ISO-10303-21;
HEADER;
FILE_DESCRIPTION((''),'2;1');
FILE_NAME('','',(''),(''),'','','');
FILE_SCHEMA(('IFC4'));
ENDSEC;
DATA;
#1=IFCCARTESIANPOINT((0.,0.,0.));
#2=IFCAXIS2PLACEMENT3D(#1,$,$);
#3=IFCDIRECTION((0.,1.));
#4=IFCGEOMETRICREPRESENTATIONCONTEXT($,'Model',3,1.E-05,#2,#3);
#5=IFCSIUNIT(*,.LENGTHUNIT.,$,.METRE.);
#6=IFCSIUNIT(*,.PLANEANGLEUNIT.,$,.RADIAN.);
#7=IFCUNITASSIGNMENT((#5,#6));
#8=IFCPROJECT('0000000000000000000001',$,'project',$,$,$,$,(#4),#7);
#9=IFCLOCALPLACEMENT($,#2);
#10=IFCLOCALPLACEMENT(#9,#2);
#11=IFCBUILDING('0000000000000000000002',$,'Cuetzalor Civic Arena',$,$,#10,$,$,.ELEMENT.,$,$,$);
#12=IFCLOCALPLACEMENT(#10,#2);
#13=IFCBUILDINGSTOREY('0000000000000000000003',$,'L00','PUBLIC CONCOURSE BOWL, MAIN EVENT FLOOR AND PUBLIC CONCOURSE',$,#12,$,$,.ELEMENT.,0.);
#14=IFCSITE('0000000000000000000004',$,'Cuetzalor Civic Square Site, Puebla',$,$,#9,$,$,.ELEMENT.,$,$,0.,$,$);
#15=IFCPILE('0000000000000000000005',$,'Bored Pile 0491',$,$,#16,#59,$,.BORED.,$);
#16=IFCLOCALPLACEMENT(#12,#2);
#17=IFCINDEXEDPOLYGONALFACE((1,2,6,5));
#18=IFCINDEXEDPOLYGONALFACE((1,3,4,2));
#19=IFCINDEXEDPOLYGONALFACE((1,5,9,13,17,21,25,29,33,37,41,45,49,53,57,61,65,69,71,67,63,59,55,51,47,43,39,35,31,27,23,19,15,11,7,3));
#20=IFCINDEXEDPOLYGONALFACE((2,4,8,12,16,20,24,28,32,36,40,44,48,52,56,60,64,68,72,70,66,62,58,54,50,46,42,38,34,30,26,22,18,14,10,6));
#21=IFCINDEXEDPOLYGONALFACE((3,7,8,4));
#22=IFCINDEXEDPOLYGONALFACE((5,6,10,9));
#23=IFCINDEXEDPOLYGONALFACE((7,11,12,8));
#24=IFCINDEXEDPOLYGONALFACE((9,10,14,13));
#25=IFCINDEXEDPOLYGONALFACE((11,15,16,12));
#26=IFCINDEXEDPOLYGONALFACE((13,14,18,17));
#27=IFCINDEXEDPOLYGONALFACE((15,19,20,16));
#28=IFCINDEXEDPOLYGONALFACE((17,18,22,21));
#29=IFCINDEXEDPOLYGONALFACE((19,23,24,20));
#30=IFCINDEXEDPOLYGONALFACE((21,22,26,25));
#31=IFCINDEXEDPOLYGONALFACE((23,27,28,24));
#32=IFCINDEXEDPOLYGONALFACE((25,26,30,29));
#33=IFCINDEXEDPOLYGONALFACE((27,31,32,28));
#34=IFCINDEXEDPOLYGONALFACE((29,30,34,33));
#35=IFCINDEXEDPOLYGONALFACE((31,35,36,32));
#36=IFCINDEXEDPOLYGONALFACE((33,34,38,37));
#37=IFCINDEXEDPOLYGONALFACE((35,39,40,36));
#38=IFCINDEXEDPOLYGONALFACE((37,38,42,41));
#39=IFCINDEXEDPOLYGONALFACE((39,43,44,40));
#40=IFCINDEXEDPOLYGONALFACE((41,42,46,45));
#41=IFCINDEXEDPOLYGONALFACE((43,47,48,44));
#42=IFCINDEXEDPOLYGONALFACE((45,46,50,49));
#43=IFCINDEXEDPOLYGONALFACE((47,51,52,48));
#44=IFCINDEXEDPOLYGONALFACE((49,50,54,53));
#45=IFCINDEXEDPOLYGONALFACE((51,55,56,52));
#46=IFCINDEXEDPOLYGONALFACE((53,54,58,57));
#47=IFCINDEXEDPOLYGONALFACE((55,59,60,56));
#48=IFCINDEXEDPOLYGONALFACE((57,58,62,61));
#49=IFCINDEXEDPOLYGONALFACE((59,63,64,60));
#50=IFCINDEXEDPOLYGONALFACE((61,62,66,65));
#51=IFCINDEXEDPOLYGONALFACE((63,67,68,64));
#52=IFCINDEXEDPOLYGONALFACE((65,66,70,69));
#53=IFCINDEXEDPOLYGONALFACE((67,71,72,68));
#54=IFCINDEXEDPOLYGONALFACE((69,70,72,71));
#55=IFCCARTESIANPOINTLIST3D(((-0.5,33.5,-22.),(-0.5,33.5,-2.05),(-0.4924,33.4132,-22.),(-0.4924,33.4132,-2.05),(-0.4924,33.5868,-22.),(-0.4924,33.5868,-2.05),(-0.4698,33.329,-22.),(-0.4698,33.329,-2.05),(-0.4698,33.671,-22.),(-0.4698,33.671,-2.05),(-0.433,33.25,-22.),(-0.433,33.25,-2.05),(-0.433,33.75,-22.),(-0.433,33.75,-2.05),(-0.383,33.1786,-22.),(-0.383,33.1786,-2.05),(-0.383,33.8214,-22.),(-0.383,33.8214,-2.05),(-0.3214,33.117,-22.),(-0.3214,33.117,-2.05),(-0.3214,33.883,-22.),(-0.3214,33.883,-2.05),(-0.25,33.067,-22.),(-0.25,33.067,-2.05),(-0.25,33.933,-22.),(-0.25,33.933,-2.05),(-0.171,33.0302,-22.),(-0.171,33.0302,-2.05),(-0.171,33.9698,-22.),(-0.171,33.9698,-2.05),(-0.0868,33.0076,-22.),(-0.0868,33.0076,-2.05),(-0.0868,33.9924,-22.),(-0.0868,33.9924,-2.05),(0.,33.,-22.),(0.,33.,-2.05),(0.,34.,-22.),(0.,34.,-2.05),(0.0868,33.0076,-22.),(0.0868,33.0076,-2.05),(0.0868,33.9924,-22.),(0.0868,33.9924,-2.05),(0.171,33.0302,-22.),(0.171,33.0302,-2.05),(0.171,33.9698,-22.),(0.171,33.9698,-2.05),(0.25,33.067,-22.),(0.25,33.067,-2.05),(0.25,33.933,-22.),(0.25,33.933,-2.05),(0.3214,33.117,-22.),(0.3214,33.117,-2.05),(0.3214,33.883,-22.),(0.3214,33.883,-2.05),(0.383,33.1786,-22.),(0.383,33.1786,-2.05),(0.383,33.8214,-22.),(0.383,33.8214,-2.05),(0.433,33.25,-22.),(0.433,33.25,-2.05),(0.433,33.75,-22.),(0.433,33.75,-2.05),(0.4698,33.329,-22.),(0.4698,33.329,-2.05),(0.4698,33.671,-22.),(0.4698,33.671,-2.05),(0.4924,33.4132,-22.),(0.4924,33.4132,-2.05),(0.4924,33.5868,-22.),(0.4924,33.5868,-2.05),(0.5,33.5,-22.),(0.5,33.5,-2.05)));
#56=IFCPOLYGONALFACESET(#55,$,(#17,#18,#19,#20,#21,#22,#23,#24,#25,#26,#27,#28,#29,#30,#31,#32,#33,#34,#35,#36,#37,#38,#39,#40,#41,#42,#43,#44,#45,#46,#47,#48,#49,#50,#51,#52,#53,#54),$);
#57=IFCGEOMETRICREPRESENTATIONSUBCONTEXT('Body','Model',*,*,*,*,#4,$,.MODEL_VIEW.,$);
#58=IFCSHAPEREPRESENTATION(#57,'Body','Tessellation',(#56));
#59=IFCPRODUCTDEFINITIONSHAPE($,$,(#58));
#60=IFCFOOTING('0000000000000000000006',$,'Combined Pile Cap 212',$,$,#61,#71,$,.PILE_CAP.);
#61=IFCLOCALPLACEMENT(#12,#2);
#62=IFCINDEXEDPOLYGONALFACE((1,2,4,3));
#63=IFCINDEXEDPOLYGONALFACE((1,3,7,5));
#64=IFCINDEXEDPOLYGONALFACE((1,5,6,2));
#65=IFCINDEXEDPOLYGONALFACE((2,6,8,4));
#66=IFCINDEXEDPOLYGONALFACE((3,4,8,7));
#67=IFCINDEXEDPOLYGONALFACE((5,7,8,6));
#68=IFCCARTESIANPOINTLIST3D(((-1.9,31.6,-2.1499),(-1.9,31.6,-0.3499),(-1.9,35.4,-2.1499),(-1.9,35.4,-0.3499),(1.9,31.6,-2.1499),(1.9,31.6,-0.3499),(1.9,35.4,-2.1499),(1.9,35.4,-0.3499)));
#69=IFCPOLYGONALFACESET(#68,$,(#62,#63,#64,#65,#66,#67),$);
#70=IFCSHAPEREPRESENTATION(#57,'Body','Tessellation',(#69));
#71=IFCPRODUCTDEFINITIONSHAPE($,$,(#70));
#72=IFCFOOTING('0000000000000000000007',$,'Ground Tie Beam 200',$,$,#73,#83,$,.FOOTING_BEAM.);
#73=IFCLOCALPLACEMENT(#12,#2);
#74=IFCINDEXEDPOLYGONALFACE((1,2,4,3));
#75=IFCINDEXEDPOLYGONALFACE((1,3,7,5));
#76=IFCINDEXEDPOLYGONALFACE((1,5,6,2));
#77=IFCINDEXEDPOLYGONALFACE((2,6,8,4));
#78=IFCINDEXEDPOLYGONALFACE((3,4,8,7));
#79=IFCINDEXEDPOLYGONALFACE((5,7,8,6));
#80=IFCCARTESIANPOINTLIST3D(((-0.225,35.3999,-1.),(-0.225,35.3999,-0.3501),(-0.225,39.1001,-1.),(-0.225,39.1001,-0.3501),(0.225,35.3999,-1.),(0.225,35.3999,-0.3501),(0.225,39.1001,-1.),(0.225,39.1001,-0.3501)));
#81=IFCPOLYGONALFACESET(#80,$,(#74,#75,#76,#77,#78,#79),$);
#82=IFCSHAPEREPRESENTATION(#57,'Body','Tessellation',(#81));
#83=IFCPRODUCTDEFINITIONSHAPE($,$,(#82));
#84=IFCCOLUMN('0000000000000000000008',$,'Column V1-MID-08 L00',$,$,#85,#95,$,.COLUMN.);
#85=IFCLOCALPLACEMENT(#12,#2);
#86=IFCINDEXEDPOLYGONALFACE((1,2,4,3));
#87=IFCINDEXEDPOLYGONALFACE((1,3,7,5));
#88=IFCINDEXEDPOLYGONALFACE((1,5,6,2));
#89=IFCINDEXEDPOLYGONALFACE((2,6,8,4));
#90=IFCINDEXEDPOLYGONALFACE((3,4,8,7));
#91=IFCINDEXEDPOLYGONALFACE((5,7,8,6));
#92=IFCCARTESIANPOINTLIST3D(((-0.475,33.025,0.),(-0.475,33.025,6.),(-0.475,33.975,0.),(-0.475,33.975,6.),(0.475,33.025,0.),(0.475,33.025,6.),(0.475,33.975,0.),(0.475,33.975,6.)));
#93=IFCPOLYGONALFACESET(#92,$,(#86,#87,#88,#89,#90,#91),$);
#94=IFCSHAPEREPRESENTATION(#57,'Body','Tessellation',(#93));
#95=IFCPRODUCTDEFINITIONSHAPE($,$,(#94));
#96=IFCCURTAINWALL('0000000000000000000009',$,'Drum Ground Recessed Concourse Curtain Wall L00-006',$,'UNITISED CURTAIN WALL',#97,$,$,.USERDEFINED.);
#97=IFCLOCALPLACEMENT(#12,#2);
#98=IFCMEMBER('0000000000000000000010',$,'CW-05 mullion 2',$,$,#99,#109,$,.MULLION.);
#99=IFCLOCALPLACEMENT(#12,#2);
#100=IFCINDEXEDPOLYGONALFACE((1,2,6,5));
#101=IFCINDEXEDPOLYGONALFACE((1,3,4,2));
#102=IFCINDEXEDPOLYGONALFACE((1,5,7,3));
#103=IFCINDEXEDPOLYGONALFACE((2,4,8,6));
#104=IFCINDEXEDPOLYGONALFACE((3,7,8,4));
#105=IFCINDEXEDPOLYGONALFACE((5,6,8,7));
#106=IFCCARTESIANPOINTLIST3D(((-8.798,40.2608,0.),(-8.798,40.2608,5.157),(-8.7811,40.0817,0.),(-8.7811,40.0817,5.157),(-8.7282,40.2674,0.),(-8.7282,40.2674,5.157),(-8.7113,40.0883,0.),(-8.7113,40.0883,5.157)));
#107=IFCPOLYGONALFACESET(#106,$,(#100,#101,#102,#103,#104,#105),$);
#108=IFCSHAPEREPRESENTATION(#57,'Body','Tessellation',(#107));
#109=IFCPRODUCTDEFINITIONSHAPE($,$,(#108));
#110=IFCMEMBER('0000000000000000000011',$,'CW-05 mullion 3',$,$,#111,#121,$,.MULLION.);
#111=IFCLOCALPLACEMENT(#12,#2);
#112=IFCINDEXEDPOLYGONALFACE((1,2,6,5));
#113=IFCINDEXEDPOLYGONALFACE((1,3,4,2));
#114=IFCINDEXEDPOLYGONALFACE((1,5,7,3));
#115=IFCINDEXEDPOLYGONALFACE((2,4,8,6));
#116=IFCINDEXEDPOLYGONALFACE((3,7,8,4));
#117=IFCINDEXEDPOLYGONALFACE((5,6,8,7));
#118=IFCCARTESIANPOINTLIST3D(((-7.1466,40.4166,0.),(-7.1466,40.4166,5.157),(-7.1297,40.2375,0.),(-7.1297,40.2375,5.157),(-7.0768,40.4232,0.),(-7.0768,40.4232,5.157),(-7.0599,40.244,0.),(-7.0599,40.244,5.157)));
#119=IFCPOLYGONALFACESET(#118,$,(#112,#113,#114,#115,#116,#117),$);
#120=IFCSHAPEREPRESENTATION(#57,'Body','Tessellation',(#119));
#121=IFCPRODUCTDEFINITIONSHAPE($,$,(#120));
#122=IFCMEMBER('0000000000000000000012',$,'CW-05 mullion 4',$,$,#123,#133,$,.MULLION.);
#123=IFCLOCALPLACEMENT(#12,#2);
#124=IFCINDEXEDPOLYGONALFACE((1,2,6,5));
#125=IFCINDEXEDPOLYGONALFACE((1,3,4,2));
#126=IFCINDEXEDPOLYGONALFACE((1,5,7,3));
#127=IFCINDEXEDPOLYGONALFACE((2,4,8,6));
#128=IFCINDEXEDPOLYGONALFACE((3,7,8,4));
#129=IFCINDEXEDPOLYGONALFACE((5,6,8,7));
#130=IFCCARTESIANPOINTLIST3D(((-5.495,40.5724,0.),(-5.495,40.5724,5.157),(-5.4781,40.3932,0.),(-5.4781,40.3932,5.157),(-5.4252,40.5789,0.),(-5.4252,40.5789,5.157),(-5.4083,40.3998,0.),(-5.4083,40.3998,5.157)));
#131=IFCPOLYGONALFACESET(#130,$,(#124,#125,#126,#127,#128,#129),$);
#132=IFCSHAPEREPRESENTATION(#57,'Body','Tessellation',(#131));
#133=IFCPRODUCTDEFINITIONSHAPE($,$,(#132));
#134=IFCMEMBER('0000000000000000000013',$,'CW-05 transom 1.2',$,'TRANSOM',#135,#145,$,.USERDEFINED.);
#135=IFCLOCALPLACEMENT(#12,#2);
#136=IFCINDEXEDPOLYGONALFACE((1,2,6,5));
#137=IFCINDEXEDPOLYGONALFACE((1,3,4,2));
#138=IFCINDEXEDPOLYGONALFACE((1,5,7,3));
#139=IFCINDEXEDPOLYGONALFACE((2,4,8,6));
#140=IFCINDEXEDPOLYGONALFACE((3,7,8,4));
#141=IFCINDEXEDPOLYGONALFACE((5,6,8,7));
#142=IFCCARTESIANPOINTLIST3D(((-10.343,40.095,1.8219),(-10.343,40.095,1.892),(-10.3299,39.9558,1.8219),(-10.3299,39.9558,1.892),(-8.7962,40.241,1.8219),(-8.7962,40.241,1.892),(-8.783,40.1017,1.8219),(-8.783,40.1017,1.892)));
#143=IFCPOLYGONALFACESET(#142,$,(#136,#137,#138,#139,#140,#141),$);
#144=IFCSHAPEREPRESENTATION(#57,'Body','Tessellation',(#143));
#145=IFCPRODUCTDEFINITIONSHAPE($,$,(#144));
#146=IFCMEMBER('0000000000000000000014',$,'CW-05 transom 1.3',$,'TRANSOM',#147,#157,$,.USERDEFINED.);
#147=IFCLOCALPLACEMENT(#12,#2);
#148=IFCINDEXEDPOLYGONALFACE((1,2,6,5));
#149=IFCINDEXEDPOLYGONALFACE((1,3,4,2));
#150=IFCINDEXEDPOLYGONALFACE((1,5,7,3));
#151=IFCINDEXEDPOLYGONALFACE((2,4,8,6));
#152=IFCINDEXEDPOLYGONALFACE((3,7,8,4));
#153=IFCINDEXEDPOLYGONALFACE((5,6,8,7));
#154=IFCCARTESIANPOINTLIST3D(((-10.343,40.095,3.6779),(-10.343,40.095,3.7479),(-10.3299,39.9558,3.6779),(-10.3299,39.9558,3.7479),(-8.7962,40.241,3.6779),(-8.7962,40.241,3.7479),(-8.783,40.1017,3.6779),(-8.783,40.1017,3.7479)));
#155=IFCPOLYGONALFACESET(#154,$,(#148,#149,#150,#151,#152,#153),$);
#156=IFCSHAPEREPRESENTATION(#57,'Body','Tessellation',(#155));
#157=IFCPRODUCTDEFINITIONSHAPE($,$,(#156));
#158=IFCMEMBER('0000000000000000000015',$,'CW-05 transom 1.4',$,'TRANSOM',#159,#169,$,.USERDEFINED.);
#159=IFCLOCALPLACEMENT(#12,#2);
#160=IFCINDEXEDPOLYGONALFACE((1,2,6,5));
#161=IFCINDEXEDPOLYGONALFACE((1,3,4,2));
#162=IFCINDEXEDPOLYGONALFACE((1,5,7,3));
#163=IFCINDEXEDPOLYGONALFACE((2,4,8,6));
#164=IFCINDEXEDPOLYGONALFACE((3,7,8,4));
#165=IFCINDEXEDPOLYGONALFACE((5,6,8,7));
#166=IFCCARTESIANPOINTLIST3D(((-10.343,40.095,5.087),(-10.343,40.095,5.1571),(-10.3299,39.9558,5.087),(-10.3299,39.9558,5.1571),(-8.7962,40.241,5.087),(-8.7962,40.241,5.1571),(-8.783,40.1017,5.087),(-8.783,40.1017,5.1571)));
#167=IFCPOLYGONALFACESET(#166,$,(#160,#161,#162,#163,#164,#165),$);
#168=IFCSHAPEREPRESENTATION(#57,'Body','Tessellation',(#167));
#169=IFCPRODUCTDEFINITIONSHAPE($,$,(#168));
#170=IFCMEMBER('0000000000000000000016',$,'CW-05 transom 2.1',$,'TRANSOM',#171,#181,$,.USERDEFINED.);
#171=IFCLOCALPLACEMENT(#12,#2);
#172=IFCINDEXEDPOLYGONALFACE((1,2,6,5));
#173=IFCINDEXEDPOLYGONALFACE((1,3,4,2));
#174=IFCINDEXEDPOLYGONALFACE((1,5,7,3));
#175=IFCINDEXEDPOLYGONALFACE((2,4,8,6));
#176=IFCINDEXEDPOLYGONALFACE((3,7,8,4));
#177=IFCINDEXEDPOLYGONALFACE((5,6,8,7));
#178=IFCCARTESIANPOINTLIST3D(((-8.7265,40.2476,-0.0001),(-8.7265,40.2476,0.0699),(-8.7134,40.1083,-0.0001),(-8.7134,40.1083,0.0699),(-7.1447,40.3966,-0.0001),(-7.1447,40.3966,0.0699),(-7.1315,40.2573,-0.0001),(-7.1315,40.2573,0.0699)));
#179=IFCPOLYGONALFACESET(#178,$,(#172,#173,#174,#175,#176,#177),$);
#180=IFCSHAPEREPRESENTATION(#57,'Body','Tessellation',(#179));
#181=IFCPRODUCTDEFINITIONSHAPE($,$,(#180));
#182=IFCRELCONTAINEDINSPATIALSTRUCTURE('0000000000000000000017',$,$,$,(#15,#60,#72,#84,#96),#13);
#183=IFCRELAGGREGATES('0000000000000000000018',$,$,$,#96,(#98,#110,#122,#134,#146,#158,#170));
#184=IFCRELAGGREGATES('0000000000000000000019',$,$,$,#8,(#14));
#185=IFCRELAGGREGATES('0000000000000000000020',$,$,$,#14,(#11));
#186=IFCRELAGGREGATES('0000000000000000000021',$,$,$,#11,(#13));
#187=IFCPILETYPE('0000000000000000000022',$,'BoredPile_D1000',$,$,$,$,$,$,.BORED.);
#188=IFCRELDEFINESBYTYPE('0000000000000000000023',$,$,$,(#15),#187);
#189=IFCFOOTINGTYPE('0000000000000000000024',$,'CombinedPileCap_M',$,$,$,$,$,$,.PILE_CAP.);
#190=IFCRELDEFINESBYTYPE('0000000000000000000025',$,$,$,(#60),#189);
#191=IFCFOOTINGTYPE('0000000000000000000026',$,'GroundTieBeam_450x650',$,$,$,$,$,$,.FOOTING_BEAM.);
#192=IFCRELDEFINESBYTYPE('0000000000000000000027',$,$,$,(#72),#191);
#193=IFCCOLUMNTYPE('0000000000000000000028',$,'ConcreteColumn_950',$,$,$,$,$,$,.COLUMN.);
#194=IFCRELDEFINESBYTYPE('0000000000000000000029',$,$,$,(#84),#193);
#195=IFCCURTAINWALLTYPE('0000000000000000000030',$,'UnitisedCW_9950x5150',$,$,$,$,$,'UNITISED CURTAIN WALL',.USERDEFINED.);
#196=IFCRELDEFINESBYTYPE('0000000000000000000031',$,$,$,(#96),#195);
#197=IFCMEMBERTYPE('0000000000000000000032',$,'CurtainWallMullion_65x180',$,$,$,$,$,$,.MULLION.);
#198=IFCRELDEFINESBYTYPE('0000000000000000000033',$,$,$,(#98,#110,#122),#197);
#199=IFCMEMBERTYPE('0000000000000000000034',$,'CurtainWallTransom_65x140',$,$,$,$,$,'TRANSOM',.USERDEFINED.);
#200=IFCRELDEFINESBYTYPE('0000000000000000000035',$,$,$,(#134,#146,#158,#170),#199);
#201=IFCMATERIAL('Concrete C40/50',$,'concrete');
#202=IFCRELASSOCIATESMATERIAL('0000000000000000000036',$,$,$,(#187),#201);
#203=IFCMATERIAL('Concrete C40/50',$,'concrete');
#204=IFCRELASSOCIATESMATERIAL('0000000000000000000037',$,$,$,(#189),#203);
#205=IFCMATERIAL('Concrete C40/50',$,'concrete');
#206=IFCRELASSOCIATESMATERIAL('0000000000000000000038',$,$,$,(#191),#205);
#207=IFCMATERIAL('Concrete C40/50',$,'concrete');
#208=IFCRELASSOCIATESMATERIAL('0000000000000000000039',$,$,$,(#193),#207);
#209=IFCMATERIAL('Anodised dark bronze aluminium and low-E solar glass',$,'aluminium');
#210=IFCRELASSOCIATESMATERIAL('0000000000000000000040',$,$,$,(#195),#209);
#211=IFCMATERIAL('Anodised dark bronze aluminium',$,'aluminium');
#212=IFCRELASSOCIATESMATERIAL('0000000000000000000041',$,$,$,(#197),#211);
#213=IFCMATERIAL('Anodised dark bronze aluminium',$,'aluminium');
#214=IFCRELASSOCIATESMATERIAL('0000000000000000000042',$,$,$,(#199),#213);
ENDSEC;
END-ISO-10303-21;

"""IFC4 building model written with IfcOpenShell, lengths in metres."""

from ifc_helpers import new_model, si_unit, direction, frame, origin, origin_2d, place, context, subcontext, project, spatial, rectangle, circle, extrude, material, material_profile, profile_set, type_object, element, aggregate, save


model = new_model("IFC4")

# Units and contexts
model_context = context("Model", 3, precision=1e-05, world=origin(), true_north=direction((0.0, 1.0)))
body_context = subcontext(model_context, "Body", "Model", "MODEL_VIEW")
ifc_project = project(units=[si_unit("LENGTHUNIT", "METRE"), si_unit("PLANEANGLEUNIT", "RADIAN")], contexts=[model_context])

# Site, building, storey
site_placement = place(None, origin())
site = spatial("IfcSite", under=ifc_project, at=site_placement, Name="Cuetzalor Civic Square Site, Puebla", CompositionType="ELEMENT", RefElevation=0.0)
building_placement = place(site_placement, origin())
building = spatial("IfcBuilding", under=site, at=building_placement, Name="Cuetzalor Civic Arena", CompositionType="ELEMENT")
storey_placement = place(building_placement, origin())
storey = spatial("IfcBuildingStorey", under=building, at=storey_placement, Name="L00", Description="PUBLIC CONCOURSE BOWL, MAIN EVENT FLOOR AND PUBLIC CONCOURSE", CompositionType="ELEMENT", Elevation=0.0)

# Pile
ifc_material_1 = material(Name="Concrete C40/50", Category="concrete")
ifc_material_profile_1 = material_profile(ifc_material_1, circle(Radius=0.5, at=origin_2d()), Name="BORED PILE D1000")
ifc_profile_set_1 = profile_set([ifc_material_profile_1], Name="Concrete C40/50")
pile_type = type_object("IfcPileType", Name="BoredPile_D1000", PredefinedType="BORED", material=ifc_profile_set_1)
pile_placement = place(storey_placement, frame((0.0, 33.5, -2.05), z_axis=(0.0, 0.0, -1.0), x_axis=(1.0, 0.0, 0.0)))
element("IfcPile", 1, at=pile_placement, inside=storey, type_object=pile_type, Name="Bored Pile 0491", PredefinedType="BORED", context=body_context, shape_type="SweptSolid", body=[
    extrude(circle(Radius=0.5, at=origin_2d()), origin(), (0.0, 0.0, 1.0), 19.95),
])

# Footings
ifc_material_2 = material(Name="Concrete C40/50", Category="concrete")
footing_type_1 = type_object("IfcFootingType", Name="CombinedPileCap_M", PredefinedType="PILE_CAP", material=ifc_material_2)
footing_1_placement = place(storey_placement, frame((0.0, 33.5, -2.1499), z_axis=(0.0, 0.0, 1.0), x_axis=(1.0, 0.0, 0.0)))
element("IfcFooting", 2, at=footing_1_placement, inside=storey, type_object=footing_type_1, Name="Combined Pile Cap 212", PredefinedType="PILE_CAP", context=body_context, shape_type="SweptSolid", body=[
    extrude(rectangle(XDim=3.8, YDim=3.8, at=origin_2d()), origin(), (0.0, 0.0, 1.0), 1.8),
])
ifc_material_3 = material(Name="Concrete C40/50", Category="concrete")
ifc_material_profile_2 = material_profile(ifc_material_3, rectangle(XDim=0.45, YDim=0.6499, at=origin_2d()), Name="RC 450x650")
ifc_profile_set_2 = profile_set([ifc_material_profile_2], Name="Concrete C40/50")
footing_type_2 = type_object("IfcFootingType", Name="GroundTieBeam_450x650", PredefinedType="FOOTING_BEAM", material=ifc_profile_set_2)
footing_2_placement = place(storey_placement, frame((0.0, 35.3999, -0.675), z_axis=(0.0, 1.0, 0.0), x_axis=(-1.0, 0.0, 0.0)))
element("IfcFooting", 3, at=footing_2_placement, inside=storey, type_object=footing_type_2, Name="Ground Tie Beam 200", PredefinedType="FOOTING_BEAM", context=body_context, shape_type="SweptSolid", body=[
    extrude(rectangle(XDim=0.45, YDim=0.6499, at=origin_2d()), origin(), (0.0, 0.0, 1.0), 3.7002),
])

# Column
ifc_material_4 = material(Name="Concrete C40/50", Category="concrete")
ifc_material_profile_3 = material_profile(ifc_material_4, rectangle(XDim=0.95, YDim=0.95, at=origin_2d()), Name="RC 950x950")
ifc_profile_set_3 = profile_set([ifc_material_profile_3], Name="Concrete C40/50")
column_type = type_object("IfcColumnType", Name="ConcreteColumn_950", PredefinedType="COLUMN", material=ifc_profile_set_3)
column_placement = place(storey_placement, frame((0.0, 33.5, 0.0), z_axis=(0.0, 0.0, 1.0), x_axis=(1.0, 0.0, 0.0)))
element("IfcColumn", 4, at=column_placement, inside=storey, type_object=column_type, Name="Column V1-MID-08 L00", PredefinedType="COLUMN", context=body_context, shape_type="SweptSolid", body=[
    extrude(rectangle(XDim=0.95, YDim=0.95, at=origin_2d()), origin(), (0.0, 0.0, 1.0), 6.0),
])

# Curtain wall, members
ifc_material_5 = material(Name="Anodised dark bronze aluminium and low-E solar glass", Category="aluminium")
curtain_wall_type = type_object("IfcCurtainWallType", Name="UnitisedCW_9950x5150", ElementType="UNITISED CURTAIN WALL", PredefinedType="USERDEFINED", material=ifc_material_5)
curtain_wall_placement = place(storey_placement, origin())
curtain_wall = element("IfcCurtainWall", 5, at=curtain_wall_placement, inside=storey, type_object=curtain_wall_type, Name="Drum Ground Recessed Concourse Curtain Wall L00-006", ObjectType="UNITISED CURTAIN WALL", PredefinedType="USERDEFINED")
ifc_material_6 = material(Name="Anodised dark bronze aluminium", Category="aluminium")
ifc_material_profile_4 = material_profile(ifc_material_6, rectangle(XDim=0.0701, YDim=0.1799, at=origin_2d()), Name="ALU MULLION 70x180")
ifc_profile_set_4 = profile_set([ifc_material_profile_4], Name="Anodised dark bronze aluminium")
member_type_1 = type_object("IfcMemberType", Name="CurtainWallMullion_65x180", PredefinedType="MULLION", material=ifc_profile_set_4)
member_1_placement = place(storey_placement, frame((-8.7546, 40.1746, 0.0), z_axis=(0.0, 0.0, 1.0), x_axis=(0.995585, 0.093863, 0.0)))
member_1 = element("IfcMember", 6, at=member_1_placement, type_object=member_type_1, Name="CW-05 mullion 2", PredefinedType="MULLION", context=body_context, shape_type="SweptSolid", body=[
    extrude(rectangle(XDim=0.0701, YDim=0.1799, at=origin_2d()), origin(), (0.0, 0.0, 1.0), 5.157),
])
member_2_placement = place(storey_placement, frame((-7.1033, 40.3303, 0.0), z_axis=(0.0, 0.0, 1.0), x_axis=(0.995585, 0.093863, 0.0)))
member_2 = element("IfcMember", 7, at=member_2_placement, type_object=member_type_1, Name="CW-05 mullion 3", PredefinedType="MULLION", context=body_context, shape_type="SweptSolid", body=[
    extrude(rectangle(XDim=0.0701, YDim=0.1799, at=origin_2d()), origin(), (0.0, 0.0, 1.0), 5.157),
])
member_3_placement = place(storey_placement, frame((-5.4517, 40.4861, 0.0), z_axis=(0.0, 0.0, 1.0), x_axis=(0.995585, 0.093863, 0.0)))
member_3 = element("IfcMember", 8, at=member_3_placement, type_object=member_type_1, Name="CW-05 mullion 4", PredefinedType="MULLION", context=body_context, shape_type="SweptSolid", body=[
    extrude(rectangle(XDim=0.0701, YDim=0.1799, at=origin_2d()), origin(), (0.0, 0.0, 1.0), 5.157),
])
ifc_material_7 = material(Name="Anodised dark bronze aluminium", Category="aluminium")
ifc_material_profile_5 = material_profile(ifc_material_7, rectangle(XDim=0.1399, YDim=0.0701, at=origin_2d()), Name="ALU TRANSOM 70x140")
ifc_profile_set_5 = profile_set([ifc_material_profile_5], Name="Anodised dark bronze aluminium")
member_type_2 = type_object("IfcMemberType", Name="CurtainWallTransom_65x140", ElementType="TRANSOM", PredefinedType="USERDEFINED", material=ifc_profile_set_5)
member_4_placement = place(storey_placement, frame((-10.3364, 40.0254, 1.8569), z_axis=(0.995576, 0.093964, 0.0), x_axis=(-0.093964, 0.995576, 0.0)))
member_4 = element("IfcMember", 9, at=member_4_placement, type_object=member_type_2, Name="CW-05 transom 1.2", ObjectType="TRANSOM", PredefinedType="USERDEFINED", context=body_context, shape_type="SweptSolid", body=[
    extrude(rectangle(XDim=0.1399, YDim=0.0701, at=origin_2d()), origin(), (0.0, 0.0, 1.0), 1.5537),
])
member_5_placement = place(storey_placement, frame((-10.3364, 40.0254, 3.7129), z_axis=(0.995576, 0.093964, 0.0), x_axis=(-0.093964, 0.995576, 0.0)))
member_5 = element("IfcMember", 10, at=member_5_placement, type_object=member_type_2, Name="CW-05 transom 1.3", ObjectType="TRANSOM", PredefinedType="USERDEFINED", context=body_context, shape_type="SweptSolid", body=[
    extrude(rectangle(XDim=0.1399, YDim=0.0701, at=origin_2d()), origin(), (0.0, 0.0, 1.0), 1.5537),
])
member_6_placement = place(storey_placement, frame((-10.3364, 40.0254, 5.1221), z_axis=(0.995576, 0.093964, 0.0), x_axis=(-0.093964, 0.995576, 0.0)))
member_6 = element("IfcMember", 11, at=member_6_placement, type_object=member_type_2, Name="CW-05 transom 1.4", ObjectType="TRANSOM", PredefinedType="USERDEFINED", context=body_context, shape_type="SweptSolid", body=[
    extrude(rectangle(XDim=0.1399, YDim=0.0701, at=origin_2d()), origin(), (0.0, 0.0, 1.0), 1.5537),
])
member_7_placement = place(storey_placement, frame((-8.72, 40.178, 0.0349), z_axis=(0.995597, 0.093736, 0.0), x_axis=(-0.093736, 0.995597, 0.0)))
member_7 = element("IfcMember", 12, at=member_7_placement, type_object=member_type_2, Name="CW-05 transom 2.1", ObjectType="TRANSOM", PredefinedType="USERDEFINED", context=body_context, shape_type="SweptSolid", body=[
    extrude(rectangle(XDim=0.1399, YDim=0.0701, at=origin_2d()), origin(), (0.0, 0.0, 1.0), 1.5889),
])

aggregate(curtain_wall, [member_1, member_2, member_3, member_4, member_5, member_6, member_7])

save(model, "model.ifc")
